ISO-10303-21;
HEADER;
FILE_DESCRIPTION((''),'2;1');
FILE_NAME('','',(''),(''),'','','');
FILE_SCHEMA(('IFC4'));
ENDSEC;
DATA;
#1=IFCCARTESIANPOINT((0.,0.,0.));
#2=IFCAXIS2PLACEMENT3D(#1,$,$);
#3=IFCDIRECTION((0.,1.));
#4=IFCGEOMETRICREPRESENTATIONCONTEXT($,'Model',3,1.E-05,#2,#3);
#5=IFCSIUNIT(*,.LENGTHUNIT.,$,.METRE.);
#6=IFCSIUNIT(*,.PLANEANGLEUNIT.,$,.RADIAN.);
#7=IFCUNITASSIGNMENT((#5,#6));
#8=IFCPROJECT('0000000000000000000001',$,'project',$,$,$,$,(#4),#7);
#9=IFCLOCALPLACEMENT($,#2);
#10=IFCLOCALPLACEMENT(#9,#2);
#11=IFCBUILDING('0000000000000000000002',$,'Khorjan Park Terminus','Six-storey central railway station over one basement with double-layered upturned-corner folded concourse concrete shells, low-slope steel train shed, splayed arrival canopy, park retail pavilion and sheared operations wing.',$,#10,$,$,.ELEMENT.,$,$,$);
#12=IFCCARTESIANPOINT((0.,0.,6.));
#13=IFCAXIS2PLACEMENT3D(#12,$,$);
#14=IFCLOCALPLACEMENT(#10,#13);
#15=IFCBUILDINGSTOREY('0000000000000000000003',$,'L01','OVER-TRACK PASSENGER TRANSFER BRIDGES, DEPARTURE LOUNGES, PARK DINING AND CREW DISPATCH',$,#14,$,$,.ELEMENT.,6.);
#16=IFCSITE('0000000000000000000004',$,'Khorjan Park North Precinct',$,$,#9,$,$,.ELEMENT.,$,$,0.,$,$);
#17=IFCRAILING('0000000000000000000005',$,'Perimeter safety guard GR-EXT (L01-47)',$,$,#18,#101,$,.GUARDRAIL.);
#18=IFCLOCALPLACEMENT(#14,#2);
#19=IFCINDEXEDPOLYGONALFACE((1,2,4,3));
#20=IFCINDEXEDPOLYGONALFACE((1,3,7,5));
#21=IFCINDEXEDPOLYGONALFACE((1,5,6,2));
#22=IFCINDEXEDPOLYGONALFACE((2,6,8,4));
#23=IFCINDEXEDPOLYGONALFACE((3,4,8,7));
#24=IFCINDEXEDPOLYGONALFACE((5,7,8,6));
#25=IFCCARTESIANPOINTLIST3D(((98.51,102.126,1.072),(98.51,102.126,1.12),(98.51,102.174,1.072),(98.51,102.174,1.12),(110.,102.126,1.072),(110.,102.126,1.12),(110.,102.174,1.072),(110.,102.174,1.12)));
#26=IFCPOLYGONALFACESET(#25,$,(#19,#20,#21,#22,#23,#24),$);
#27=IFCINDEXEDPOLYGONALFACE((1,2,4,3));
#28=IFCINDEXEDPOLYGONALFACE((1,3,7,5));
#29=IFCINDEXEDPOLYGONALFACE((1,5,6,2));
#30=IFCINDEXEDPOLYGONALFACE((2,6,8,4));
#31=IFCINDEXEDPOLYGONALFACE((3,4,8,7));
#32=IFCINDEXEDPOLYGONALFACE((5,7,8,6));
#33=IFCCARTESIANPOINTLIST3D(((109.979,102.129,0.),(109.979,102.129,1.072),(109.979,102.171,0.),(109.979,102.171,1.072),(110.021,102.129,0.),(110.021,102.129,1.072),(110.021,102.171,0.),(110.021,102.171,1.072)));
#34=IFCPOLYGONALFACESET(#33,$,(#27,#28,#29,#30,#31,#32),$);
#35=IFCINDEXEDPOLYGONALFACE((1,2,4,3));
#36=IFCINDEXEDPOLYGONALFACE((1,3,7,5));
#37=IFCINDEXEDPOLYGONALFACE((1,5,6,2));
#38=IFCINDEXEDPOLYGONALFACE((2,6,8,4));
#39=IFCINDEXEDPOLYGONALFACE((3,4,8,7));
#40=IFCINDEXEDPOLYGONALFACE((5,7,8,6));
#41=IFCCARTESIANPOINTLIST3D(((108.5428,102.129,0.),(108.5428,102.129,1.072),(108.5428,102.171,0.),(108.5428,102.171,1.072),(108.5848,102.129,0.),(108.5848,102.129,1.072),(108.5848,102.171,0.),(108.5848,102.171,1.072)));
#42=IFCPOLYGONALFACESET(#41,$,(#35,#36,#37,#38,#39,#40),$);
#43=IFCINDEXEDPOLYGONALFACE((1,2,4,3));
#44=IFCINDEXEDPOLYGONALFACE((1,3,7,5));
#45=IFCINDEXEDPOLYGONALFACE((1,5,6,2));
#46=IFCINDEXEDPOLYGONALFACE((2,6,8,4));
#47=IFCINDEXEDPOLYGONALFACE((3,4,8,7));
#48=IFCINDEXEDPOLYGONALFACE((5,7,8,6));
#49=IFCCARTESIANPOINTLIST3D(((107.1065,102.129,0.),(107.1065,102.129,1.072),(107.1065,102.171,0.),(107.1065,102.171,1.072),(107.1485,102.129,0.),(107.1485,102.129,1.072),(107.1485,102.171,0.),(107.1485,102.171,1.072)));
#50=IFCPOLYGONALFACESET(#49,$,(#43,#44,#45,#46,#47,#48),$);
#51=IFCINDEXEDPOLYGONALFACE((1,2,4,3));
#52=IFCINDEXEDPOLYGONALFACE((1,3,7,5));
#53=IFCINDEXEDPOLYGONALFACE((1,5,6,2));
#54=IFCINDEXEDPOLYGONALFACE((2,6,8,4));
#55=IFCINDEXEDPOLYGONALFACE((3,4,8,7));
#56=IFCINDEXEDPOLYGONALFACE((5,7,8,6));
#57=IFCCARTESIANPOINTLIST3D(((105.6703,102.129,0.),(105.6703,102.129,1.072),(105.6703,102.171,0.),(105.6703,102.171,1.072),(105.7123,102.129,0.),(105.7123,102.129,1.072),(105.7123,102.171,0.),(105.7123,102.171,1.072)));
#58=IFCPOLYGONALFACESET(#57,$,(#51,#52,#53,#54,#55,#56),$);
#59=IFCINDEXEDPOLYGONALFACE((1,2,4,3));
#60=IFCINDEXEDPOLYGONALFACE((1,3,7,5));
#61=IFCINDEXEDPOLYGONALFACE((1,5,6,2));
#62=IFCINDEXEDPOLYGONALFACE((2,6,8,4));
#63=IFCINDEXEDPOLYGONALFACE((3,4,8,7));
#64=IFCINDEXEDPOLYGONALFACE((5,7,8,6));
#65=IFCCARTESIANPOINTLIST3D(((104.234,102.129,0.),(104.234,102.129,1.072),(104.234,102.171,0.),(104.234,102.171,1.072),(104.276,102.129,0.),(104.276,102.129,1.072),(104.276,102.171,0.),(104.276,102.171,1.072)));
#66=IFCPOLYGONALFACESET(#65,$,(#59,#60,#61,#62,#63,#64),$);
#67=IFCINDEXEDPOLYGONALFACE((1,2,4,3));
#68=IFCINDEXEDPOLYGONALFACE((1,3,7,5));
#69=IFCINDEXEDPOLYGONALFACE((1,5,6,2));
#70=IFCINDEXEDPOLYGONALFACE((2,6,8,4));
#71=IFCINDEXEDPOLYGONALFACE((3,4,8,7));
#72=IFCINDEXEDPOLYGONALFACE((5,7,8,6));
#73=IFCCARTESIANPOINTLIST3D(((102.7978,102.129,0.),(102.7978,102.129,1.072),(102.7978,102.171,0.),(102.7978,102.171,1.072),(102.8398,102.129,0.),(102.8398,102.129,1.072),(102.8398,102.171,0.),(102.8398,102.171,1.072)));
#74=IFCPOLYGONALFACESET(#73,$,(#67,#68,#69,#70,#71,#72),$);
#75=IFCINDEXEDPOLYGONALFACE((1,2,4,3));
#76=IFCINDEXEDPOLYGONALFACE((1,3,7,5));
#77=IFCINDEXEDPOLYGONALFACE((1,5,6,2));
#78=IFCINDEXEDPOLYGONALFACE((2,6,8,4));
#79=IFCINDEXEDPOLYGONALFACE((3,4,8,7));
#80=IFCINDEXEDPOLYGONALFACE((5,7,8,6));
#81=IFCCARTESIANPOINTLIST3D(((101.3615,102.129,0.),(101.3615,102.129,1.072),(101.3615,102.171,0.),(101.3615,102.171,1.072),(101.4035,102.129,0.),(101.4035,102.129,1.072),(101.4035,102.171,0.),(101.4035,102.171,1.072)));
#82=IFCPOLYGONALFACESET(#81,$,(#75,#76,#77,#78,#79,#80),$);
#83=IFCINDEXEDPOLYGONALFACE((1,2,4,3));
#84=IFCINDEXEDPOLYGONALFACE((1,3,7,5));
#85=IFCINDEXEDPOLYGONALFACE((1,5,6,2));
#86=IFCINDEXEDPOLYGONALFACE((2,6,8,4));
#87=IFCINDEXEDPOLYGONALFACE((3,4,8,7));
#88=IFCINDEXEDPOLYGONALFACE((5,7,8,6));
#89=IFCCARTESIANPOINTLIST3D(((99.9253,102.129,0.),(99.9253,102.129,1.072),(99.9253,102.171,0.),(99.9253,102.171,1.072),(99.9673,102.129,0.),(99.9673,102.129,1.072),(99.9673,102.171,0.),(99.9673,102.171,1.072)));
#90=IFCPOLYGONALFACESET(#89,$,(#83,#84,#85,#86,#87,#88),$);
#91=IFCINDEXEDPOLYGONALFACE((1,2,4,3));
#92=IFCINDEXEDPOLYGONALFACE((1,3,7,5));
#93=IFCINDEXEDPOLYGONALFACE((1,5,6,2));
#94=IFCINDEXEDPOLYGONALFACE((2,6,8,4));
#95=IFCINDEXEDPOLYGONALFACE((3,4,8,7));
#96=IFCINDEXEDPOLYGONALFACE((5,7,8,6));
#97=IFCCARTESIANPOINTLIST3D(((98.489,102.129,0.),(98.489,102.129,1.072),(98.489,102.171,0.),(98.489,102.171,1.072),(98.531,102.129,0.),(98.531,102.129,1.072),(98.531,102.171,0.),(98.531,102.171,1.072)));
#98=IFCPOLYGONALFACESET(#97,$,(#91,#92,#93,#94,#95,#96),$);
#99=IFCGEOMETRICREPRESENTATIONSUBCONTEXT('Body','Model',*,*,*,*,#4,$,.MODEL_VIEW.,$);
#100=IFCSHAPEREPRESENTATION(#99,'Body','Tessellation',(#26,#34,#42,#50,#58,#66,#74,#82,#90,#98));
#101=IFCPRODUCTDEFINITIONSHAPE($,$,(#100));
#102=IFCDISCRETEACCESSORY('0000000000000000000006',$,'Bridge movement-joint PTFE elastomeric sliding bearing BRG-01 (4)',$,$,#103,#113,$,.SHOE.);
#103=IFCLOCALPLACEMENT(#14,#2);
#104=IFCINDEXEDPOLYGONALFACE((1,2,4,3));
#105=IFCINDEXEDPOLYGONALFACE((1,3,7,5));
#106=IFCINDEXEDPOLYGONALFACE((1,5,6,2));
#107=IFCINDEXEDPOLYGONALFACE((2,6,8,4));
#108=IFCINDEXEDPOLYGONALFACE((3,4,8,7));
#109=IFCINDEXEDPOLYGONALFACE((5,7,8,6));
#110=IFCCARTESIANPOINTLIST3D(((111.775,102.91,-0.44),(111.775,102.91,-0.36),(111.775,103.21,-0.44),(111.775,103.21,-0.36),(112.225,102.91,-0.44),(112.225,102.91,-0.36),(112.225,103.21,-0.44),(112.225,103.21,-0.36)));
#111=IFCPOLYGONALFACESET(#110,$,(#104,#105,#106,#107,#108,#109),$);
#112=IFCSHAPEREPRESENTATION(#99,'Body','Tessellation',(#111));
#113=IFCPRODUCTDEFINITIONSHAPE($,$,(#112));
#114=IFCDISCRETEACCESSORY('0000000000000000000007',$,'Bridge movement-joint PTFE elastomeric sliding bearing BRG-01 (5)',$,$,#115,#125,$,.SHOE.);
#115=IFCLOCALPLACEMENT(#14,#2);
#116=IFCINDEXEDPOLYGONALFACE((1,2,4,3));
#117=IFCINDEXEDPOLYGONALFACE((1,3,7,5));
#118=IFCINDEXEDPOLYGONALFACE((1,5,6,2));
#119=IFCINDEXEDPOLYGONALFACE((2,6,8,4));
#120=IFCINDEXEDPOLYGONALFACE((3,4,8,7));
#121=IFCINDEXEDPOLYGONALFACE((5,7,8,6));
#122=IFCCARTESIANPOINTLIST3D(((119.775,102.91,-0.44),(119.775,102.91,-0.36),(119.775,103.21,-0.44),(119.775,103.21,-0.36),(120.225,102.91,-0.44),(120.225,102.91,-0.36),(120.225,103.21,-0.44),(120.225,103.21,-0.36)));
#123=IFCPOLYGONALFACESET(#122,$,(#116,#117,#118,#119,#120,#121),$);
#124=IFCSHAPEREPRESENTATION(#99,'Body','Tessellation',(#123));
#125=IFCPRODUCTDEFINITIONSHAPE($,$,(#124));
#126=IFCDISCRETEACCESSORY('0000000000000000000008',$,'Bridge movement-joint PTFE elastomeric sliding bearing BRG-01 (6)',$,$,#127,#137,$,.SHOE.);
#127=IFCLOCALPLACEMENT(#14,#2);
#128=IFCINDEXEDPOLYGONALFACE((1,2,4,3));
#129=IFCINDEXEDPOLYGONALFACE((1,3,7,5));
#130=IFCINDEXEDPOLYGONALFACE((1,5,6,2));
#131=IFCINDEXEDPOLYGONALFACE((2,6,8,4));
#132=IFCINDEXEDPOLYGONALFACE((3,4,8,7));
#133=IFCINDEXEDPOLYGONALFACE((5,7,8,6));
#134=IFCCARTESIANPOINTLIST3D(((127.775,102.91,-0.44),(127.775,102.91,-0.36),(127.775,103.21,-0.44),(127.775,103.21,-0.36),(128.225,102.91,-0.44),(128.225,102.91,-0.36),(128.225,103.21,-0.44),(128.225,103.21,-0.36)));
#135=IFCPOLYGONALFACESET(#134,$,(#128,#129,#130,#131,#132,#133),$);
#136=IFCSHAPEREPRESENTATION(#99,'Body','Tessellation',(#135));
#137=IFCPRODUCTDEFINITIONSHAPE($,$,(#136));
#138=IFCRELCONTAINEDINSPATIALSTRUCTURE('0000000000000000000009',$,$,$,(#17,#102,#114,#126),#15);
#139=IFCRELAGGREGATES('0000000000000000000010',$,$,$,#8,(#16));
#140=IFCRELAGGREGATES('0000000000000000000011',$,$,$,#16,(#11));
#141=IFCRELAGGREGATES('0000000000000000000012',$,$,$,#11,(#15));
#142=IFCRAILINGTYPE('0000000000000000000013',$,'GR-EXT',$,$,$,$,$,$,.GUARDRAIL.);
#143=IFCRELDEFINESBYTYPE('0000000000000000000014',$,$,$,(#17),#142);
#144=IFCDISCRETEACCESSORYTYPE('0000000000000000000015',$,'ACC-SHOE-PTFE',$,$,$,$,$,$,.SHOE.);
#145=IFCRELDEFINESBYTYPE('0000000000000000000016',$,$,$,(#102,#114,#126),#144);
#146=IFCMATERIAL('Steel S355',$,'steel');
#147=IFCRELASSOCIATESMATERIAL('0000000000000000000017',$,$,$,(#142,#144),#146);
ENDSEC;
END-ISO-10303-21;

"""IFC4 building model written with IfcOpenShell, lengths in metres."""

from ifc_helpers import new_model, si_unit, direction, frame, origin, origin_2d, place, context, subcontext, project, spatial, rectangle, extrude, material, type_object, element, save


model = new_model("IFC4")

# Units and contexts
model_context = context("Model", 3, precision=1e-05, world=origin(), true_north=direction((0.0, 1.0)))
body_context = subcontext(model_context, "Body", "Model", "MODEL_VIEW")
ifc_project = project(units=[si_unit("LENGTHUNIT", "METRE"), si_unit("PLANEANGLEUNIT", "RADIAN")], contexts=[model_context])

# Site, building, storey
site_placement = place(None, origin())
site = spatial("IfcSite", under=ifc_project, at=site_placement, Name="Khorjan Park North Precinct", CompositionType="ELEMENT", RefElevation=0.0)
building_placement = place(site_placement, origin())
building = spatial("IfcBuilding", under=site, at=building_placement, Name="Khorjan Park Terminus", Description="Six-storey central railway station over one basement with double-layered upturned-corner folded concourse concrete shells, low-slope steel train shed, splayed arrival canopy, park retail pavilion and sheared operations wing.", CompositionType="ELEMENT")
storey_placement = place(building_placement, frame((0.0, 0.0, 6.0)))
storey = spatial("IfcBuildingStorey", under=building, at=storey_placement, Name="L01", Description="OVER-TRACK PASSENGER TRANSFER BRIDGES, DEPARTURE LOUNGES, PARK DINING AND CREW DISPATCH", CompositionType="ELEMENT", Elevation=6.0)

# Shared definitions
ifc_material_1 = material(Name="Steel S355", Category="steel")

# Railing
railing_type = type_object("IfcRailingType", Name="GR-EXT", PredefinedType="GUARDRAIL", material=ifc_material_1)
railing_placement = place(storey_placement, frame((110.0, 102.15, 0.0)))
element("IfcRailing", 1, at=railing_placement, inside=storey, type_object=railing_type, Name="Perimeter safety guard GR-EXT (L01-47)", PredefinedType="GUARDRAIL", context=body_context, shape_type="SweptSolid", body=[
    extrude(rectangle(XDim=0.048, YDim=0.048, at=origin_2d()), frame((0.0, 0.0, 1.096), z_axis=(-1.0, 0.0, 0.0), x_axis=(0.0, -1.0, 0.0)), (0.0, 0.0, 1.0), 11.49),
    extrude(rectangle(XDim=0.042, YDim=0.042, at=origin_2d()), origin(), (0.0, 0.0, 1.0), 1.072),
    extrude(rectangle(XDim=0.042, YDim=0.042, at=origin_2d()), frame((-1.4362, 0.0, 0.0)), (0.0, 0.0, 1.0), 1.072),
    extrude(rectangle(XDim=0.042, YDim=0.042, at=origin_2d()), frame((-2.8725, 0.0, 0.0)), (0.0, 0.0, 1.0), 1.072),
    extrude(rectangle(XDim=0.042, YDim=0.042, at=origin_2d()), frame((-4.3087, 0.0, 0.0)), (0.0, 0.0, 1.0), 1.072),
    extrude(rectangle(XDim=0.042, YDim=0.042, at=origin_2d()), frame((-5.745, 0.0, 0.0)), (0.0, 0.0, 1.0), 1.072),
    extrude(rectangle(XDim=0.042, YDim=0.042, at=origin_2d()), frame((-7.1812, 0.0, 0.0)), (0.0, 0.0, 1.0), 1.072),
    extrude(rectangle(XDim=0.042, YDim=0.042, at=origin_2d()), frame((-8.6175, 0.0, 0.0)), (0.0, 0.0, 1.0), 1.072),
    extrude(rectangle(XDim=0.042, YDim=0.042, at=origin_2d()), frame((-10.0537, 0.0, 0.0)), (0.0, 0.0, 1.0), 1.072),
    extrude(rectangle(XDim=0.042, YDim=0.042, at=origin_2d()), frame((-11.49, 0.0, 0.0)), (0.0, 0.0, 1.0), 1.072),
])

# Discrete accessories
discrete_accessory_type = type_object("IfcDiscreteAccessoryType", Name="ACC-SHOE-PTFE", PredefinedType="SHOE", material=ifc_material_1)
for number, where, z_axis, x_axis, name in (
    (2, (112.0, 103.06, -0.44), (0.0, 0.0, 1.0), (1.0, 0.0, 0.0), "Bridge movement-joint PTFE elastomeric sliding bearing BRG-01 (4)"),
    (3, (120.0, 103.06, -0.44), (0.0, 0.0, 1.0), (1.0, 0.0, 0.0), "Bridge movement-joint PTFE elastomeric sliding bearing BRG-01 (5)"),
    (4, (128.0, 103.06, -0.44), (0.0, 0.0, 1.0), (1.0, 0.0, 0.0), "Bridge movement-joint PTFE elastomeric sliding bearing BRG-01 (6)"),
):
    element("IfcDiscreteAccessory", number, at=place(storey_placement, frame(where, z_axis=z_axis, x_axis=x_axis)), inside=storey, type_object=discrete_accessory_type, Name=name, PredefinedType="SHOE", context=body_context, shape_type="SweptSolid", body=[
        extrude(rectangle(XDim=0.45, YDim=0.3, at=origin_2d()), origin(), (0.0, 0.0, 1.0), 0.08),
    ])

save(model, "model.ifc")
